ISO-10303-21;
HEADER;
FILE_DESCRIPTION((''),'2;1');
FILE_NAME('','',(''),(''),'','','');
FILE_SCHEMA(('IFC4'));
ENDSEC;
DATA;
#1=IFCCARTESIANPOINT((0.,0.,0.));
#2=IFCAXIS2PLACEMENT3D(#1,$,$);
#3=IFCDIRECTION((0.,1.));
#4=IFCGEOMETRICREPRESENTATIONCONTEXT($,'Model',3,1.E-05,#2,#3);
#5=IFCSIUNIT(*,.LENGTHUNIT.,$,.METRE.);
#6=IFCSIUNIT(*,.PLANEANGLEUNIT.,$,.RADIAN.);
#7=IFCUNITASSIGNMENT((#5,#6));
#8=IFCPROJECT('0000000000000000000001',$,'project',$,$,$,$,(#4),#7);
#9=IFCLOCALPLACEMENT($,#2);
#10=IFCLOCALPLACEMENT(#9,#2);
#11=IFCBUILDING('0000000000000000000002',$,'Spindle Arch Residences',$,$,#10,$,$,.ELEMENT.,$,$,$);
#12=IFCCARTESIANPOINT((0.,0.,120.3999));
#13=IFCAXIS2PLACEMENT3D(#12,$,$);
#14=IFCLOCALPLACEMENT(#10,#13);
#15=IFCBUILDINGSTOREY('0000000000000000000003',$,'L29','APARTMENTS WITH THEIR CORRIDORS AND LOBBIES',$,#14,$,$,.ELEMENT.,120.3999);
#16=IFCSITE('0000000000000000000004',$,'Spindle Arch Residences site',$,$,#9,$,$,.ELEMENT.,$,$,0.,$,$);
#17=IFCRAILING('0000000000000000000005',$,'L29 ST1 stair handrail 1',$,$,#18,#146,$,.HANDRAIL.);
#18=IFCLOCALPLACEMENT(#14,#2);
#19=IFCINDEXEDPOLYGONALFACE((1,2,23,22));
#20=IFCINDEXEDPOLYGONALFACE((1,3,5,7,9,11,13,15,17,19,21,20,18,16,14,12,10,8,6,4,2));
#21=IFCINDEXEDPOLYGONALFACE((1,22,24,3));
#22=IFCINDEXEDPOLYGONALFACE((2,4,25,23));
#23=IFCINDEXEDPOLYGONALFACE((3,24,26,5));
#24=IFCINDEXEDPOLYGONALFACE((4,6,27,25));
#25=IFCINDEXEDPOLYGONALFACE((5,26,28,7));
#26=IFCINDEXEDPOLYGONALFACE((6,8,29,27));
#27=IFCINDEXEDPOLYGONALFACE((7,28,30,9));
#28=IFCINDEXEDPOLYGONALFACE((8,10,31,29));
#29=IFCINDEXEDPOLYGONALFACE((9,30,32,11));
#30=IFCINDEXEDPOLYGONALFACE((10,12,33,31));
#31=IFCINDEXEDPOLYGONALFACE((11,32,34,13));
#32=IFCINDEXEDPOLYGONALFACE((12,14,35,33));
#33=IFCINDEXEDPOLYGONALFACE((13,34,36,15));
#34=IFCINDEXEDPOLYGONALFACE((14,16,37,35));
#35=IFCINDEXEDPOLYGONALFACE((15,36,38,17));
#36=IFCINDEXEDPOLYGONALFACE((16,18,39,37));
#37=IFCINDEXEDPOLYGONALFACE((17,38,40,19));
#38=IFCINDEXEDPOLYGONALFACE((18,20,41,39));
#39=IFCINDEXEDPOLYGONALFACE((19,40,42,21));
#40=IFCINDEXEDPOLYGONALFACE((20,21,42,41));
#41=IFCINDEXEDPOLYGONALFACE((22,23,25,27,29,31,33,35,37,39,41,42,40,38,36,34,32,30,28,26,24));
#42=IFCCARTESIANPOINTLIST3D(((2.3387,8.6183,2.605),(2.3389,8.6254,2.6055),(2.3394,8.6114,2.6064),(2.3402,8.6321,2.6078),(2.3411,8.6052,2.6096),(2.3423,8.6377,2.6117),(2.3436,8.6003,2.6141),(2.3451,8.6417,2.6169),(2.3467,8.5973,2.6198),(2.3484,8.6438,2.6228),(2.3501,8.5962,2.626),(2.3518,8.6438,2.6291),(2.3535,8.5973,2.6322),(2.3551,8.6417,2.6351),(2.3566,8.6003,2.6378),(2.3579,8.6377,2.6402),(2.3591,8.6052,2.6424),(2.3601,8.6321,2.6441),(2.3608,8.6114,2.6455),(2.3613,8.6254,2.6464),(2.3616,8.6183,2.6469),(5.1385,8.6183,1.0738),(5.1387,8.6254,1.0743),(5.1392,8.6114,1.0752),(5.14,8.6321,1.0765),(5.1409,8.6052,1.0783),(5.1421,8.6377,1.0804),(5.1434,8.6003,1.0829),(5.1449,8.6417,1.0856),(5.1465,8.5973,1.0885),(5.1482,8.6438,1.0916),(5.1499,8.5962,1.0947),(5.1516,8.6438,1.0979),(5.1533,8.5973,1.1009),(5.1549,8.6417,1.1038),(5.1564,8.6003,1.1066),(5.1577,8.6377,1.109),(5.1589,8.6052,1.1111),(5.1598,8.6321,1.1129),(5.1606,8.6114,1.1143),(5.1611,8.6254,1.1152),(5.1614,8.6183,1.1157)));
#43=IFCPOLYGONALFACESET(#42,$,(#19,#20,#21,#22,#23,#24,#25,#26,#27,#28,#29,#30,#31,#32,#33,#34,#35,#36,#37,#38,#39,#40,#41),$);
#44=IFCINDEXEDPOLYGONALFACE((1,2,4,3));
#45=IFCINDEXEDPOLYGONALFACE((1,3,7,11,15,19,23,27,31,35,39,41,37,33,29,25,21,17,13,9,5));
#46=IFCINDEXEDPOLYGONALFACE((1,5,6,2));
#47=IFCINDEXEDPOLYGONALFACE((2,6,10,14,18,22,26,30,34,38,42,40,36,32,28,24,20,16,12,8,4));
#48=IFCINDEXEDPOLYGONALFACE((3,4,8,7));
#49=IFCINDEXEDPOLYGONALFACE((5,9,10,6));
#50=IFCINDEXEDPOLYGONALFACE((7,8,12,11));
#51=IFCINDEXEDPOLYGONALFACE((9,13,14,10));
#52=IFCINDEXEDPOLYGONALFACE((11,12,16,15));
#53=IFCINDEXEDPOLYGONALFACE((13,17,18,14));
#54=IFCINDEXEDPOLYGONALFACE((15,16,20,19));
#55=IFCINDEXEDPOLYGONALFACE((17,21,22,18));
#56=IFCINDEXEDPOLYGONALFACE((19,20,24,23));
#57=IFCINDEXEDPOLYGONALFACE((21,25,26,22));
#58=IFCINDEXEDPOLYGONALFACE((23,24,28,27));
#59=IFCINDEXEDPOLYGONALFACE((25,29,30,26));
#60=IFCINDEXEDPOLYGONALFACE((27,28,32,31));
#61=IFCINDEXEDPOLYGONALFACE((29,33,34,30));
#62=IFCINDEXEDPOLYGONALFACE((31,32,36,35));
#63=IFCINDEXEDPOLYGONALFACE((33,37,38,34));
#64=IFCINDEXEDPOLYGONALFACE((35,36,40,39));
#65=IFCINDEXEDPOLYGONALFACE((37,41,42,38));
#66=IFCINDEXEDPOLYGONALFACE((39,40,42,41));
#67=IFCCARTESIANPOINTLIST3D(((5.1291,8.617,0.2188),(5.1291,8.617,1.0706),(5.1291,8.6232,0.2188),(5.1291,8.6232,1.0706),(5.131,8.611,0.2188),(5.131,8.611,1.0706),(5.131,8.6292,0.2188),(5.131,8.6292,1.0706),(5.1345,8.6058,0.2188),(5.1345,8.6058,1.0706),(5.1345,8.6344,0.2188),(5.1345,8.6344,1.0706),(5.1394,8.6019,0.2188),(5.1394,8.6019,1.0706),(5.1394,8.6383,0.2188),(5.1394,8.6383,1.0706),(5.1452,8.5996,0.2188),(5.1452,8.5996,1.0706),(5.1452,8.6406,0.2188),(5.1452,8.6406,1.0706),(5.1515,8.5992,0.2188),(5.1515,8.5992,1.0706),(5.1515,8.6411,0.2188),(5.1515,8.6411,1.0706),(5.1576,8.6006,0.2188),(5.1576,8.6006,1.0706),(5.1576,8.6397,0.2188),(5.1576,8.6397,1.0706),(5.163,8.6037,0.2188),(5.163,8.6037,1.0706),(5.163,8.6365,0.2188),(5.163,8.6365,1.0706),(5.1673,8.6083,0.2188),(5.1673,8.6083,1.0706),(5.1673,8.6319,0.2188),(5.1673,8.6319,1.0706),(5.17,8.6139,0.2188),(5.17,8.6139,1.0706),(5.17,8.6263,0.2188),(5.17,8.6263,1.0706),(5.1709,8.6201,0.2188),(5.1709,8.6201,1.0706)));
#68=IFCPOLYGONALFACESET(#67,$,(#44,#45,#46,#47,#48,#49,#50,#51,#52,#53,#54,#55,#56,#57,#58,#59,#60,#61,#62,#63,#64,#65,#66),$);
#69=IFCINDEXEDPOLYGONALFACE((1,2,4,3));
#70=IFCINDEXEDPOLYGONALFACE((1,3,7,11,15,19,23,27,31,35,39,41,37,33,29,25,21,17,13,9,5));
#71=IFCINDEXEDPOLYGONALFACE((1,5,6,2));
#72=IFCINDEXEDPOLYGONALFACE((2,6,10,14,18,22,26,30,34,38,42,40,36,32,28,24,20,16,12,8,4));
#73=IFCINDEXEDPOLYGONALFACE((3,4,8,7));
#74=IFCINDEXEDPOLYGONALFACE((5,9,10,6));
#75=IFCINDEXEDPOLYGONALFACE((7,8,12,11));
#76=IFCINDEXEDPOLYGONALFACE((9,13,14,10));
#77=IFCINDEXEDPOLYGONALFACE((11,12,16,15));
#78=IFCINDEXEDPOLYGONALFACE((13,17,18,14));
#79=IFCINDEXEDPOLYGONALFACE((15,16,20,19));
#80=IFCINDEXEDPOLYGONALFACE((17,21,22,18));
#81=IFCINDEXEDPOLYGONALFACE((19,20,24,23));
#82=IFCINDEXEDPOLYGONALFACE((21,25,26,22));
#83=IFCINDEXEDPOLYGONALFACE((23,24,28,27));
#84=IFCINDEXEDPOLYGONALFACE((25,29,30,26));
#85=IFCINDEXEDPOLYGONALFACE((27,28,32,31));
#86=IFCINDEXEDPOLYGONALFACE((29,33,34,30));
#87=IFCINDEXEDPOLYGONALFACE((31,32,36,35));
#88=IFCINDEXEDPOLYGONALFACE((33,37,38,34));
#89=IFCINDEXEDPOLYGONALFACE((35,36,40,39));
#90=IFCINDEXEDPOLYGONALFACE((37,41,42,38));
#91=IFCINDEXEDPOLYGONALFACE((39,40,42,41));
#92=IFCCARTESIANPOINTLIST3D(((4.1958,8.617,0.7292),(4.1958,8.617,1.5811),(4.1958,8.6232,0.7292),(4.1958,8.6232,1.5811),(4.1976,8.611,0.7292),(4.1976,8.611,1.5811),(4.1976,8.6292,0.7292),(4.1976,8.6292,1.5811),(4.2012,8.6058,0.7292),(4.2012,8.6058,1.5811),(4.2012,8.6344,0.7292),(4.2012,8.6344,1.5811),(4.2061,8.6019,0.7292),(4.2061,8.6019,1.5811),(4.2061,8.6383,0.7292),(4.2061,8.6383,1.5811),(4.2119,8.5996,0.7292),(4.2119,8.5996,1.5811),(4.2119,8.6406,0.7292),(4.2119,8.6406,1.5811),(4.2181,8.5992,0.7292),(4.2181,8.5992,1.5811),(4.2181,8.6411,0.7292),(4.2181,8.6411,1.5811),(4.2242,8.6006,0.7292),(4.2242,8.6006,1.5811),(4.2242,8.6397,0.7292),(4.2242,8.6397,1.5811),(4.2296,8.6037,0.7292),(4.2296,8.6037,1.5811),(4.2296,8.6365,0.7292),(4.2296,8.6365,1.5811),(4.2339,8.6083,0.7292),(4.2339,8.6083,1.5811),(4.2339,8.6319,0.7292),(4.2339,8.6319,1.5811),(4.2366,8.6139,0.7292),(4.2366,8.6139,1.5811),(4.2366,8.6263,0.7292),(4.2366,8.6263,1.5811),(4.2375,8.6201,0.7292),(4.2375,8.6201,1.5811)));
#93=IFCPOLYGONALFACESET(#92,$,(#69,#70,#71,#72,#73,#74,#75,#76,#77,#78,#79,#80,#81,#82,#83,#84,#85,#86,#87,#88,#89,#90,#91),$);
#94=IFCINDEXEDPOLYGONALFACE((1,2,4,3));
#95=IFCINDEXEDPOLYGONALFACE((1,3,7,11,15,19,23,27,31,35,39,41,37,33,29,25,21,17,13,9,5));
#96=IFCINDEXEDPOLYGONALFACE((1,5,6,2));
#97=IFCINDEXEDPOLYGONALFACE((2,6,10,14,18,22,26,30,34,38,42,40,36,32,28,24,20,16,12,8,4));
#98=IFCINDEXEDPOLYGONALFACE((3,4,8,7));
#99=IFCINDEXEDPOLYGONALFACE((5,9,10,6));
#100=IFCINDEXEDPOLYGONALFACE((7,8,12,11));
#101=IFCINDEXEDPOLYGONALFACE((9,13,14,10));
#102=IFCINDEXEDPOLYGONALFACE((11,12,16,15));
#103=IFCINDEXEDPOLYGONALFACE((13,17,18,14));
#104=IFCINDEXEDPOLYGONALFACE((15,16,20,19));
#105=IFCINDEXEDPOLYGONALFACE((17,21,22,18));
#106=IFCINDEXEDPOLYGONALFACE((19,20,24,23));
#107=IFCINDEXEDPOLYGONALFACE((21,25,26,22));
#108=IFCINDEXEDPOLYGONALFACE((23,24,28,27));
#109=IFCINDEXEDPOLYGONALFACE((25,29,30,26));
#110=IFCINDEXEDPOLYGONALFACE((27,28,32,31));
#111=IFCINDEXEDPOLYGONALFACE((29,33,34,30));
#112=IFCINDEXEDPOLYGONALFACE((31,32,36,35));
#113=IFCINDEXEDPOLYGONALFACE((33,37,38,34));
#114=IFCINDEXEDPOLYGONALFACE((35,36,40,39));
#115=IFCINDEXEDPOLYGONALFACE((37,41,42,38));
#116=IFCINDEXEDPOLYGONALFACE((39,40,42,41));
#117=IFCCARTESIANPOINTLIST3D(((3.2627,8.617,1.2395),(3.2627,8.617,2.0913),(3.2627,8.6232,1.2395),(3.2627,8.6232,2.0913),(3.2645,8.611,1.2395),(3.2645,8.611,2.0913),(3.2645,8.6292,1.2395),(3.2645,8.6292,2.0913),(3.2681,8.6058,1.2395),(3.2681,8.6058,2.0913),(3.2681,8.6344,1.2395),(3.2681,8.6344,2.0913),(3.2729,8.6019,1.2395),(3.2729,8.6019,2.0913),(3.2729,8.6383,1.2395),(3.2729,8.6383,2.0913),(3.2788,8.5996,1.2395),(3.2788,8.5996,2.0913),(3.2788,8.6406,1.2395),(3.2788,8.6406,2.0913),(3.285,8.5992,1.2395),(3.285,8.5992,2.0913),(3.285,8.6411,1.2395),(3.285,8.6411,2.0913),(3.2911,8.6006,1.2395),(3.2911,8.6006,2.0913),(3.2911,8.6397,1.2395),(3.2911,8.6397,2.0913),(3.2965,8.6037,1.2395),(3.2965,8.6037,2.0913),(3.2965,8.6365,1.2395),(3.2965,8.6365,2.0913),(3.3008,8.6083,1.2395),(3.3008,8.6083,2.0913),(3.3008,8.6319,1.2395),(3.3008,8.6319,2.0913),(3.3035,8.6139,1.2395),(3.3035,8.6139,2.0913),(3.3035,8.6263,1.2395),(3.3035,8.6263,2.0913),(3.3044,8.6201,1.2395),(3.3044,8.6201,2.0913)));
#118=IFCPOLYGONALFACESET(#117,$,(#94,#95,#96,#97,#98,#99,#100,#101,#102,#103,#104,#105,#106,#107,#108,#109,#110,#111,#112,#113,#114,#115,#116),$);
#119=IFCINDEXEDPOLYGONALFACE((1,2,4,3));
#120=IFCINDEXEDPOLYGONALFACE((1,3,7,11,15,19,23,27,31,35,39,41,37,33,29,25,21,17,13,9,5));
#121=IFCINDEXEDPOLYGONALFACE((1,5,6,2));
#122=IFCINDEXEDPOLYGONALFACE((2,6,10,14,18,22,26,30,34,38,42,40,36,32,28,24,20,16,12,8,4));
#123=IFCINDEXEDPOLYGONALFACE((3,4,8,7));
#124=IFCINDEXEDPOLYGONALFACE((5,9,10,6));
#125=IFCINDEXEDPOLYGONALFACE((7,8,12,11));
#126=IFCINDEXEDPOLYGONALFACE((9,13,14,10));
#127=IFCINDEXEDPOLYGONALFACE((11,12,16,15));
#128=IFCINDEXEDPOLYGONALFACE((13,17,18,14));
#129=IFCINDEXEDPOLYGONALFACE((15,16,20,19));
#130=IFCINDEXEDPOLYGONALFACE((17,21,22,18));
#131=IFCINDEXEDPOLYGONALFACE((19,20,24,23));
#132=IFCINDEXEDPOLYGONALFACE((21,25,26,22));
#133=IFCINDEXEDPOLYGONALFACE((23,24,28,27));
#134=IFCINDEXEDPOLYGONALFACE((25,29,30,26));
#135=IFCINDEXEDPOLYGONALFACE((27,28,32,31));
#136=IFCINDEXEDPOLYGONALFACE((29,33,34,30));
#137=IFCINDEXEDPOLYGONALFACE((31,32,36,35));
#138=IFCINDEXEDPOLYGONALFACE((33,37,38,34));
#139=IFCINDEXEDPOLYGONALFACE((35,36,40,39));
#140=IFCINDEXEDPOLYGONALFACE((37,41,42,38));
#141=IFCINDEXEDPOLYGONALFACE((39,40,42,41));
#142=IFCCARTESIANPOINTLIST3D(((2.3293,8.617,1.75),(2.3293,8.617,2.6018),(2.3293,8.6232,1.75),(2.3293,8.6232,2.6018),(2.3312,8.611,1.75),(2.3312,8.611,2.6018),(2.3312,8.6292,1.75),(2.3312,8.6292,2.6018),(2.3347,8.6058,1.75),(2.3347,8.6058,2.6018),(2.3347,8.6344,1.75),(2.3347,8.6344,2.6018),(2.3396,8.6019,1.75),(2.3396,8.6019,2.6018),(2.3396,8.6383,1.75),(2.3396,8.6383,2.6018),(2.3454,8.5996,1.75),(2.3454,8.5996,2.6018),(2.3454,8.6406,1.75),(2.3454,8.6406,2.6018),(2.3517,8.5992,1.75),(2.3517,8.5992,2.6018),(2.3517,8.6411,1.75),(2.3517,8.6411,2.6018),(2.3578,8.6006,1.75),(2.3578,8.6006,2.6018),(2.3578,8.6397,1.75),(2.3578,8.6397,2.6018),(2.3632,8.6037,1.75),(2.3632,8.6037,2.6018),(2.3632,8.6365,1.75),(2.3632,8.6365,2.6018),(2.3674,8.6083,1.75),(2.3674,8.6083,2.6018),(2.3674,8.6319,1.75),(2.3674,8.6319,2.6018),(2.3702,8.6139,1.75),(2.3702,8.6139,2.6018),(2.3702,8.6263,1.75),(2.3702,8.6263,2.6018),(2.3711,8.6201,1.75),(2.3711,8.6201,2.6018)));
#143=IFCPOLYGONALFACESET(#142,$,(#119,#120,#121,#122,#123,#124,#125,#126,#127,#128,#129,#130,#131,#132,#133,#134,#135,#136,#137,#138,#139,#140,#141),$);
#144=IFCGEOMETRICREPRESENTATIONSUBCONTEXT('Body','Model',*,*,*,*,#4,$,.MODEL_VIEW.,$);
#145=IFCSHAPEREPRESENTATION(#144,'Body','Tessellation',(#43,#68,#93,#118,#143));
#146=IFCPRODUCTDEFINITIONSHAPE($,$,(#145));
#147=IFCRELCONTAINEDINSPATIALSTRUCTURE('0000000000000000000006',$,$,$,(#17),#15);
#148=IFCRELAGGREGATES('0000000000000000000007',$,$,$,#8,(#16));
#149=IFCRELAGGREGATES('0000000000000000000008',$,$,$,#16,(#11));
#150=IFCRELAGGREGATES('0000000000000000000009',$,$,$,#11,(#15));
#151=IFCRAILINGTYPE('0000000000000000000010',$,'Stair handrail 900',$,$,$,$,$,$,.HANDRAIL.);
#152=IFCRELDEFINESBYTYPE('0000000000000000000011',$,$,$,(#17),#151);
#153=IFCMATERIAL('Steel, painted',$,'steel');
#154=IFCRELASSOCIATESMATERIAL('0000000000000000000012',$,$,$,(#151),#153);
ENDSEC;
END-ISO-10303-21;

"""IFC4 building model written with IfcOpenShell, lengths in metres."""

from ifc_helpers import new_model, si_unit, direction, frame, origin, origin_2d, place, context, subcontext, project, spatial, circle, extrude, material, type_object, element, save


model = new_model("IFC4")

# Units and contexts
model_context = context("Model", 3, precision=1e-05, world=origin(), true_north=direction((0.0, 1.0)))
body_context = subcontext(model_context, "Body", "Model", "MODEL_VIEW")
ifc_project = project(units=[si_unit("LENGTHUNIT", "METRE"), si_unit("PLANEANGLEUNIT", "RADIAN")], contexts=[model_context])

# Site, building, storey
site_placement = place(None, origin())
site = spatial("IfcSite", under=ifc_project, at=site_placement, Name="Spindle Arch Residences site", CompositionType="ELEMENT", RefElevation=0.0)
building_placement = place(site_placement, origin())
building = spatial("IfcBuilding", under=site, at=building_placement, Name="Spindle Arch Residences", CompositionType="ELEMENT")
storey_placement = place(building_placement, frame((0.0, 0.0, 120.3999)))
storey = spatial("IfcBuildingStorey", under=building, at=storey_placement, Name="L29", Description="APARTMENTS WITH THEIR CORRIDORS AND LOBBIES", CompositionType="ELEMENT", Elevation=120.3999)

# Railing
ifc_material_1 = material(Name="Steel, painted", Category="steel")
railing_type = type_object("IfcRailingType", Name="Stair handrail 900", PredefinedType="HANDRAIL", material=ifc_material_1)
railing_placement = place(storey_placement, frame((5.1499, 8.6201, 0.2188)))
element("IfcRailing", 1, at=railing_placement, inside=storey, type_object=railing_type, Name="L29 ST1 stair handrail 1", PredefinedType="HANDRAIL", context=body_context, shape_type="SweptSolid", body=[
    extrude(circle(Radius=0.0239, at=origin_2d()), frame((0.0, 0.0, 0.876), z_axis=(-0.877357, 0.0, 0.479838), x_axis=(0.0, -1.0, 0.0)), (0.0, 0.0, 1.0), 3.1912),
    extrude(circle(Radius=0.021, at=origin_2d()), origin(), (0.0, 0.0, 1.0), 0.8518),
    extrude(circle(Radius=0.021, at=origin_2d()), frame((-0.9333, 0.0, 0.5105)), (0.0, 0.0, 1.0), 0.8518),
    extrude(circle(Radius=0.021, at=origin_2d()), frame((-1.8665, 0.0, 1.0208)), (0.0, 0.0, 1.0), 0.8518),
    extrude(circle(Radius=0.021, at=origin_2d()), frame((-2.7998, 0.0, 1.5312)), (0.0, 0.0, 1.0), 0.8518),
])

save(model, "model.ifc")
